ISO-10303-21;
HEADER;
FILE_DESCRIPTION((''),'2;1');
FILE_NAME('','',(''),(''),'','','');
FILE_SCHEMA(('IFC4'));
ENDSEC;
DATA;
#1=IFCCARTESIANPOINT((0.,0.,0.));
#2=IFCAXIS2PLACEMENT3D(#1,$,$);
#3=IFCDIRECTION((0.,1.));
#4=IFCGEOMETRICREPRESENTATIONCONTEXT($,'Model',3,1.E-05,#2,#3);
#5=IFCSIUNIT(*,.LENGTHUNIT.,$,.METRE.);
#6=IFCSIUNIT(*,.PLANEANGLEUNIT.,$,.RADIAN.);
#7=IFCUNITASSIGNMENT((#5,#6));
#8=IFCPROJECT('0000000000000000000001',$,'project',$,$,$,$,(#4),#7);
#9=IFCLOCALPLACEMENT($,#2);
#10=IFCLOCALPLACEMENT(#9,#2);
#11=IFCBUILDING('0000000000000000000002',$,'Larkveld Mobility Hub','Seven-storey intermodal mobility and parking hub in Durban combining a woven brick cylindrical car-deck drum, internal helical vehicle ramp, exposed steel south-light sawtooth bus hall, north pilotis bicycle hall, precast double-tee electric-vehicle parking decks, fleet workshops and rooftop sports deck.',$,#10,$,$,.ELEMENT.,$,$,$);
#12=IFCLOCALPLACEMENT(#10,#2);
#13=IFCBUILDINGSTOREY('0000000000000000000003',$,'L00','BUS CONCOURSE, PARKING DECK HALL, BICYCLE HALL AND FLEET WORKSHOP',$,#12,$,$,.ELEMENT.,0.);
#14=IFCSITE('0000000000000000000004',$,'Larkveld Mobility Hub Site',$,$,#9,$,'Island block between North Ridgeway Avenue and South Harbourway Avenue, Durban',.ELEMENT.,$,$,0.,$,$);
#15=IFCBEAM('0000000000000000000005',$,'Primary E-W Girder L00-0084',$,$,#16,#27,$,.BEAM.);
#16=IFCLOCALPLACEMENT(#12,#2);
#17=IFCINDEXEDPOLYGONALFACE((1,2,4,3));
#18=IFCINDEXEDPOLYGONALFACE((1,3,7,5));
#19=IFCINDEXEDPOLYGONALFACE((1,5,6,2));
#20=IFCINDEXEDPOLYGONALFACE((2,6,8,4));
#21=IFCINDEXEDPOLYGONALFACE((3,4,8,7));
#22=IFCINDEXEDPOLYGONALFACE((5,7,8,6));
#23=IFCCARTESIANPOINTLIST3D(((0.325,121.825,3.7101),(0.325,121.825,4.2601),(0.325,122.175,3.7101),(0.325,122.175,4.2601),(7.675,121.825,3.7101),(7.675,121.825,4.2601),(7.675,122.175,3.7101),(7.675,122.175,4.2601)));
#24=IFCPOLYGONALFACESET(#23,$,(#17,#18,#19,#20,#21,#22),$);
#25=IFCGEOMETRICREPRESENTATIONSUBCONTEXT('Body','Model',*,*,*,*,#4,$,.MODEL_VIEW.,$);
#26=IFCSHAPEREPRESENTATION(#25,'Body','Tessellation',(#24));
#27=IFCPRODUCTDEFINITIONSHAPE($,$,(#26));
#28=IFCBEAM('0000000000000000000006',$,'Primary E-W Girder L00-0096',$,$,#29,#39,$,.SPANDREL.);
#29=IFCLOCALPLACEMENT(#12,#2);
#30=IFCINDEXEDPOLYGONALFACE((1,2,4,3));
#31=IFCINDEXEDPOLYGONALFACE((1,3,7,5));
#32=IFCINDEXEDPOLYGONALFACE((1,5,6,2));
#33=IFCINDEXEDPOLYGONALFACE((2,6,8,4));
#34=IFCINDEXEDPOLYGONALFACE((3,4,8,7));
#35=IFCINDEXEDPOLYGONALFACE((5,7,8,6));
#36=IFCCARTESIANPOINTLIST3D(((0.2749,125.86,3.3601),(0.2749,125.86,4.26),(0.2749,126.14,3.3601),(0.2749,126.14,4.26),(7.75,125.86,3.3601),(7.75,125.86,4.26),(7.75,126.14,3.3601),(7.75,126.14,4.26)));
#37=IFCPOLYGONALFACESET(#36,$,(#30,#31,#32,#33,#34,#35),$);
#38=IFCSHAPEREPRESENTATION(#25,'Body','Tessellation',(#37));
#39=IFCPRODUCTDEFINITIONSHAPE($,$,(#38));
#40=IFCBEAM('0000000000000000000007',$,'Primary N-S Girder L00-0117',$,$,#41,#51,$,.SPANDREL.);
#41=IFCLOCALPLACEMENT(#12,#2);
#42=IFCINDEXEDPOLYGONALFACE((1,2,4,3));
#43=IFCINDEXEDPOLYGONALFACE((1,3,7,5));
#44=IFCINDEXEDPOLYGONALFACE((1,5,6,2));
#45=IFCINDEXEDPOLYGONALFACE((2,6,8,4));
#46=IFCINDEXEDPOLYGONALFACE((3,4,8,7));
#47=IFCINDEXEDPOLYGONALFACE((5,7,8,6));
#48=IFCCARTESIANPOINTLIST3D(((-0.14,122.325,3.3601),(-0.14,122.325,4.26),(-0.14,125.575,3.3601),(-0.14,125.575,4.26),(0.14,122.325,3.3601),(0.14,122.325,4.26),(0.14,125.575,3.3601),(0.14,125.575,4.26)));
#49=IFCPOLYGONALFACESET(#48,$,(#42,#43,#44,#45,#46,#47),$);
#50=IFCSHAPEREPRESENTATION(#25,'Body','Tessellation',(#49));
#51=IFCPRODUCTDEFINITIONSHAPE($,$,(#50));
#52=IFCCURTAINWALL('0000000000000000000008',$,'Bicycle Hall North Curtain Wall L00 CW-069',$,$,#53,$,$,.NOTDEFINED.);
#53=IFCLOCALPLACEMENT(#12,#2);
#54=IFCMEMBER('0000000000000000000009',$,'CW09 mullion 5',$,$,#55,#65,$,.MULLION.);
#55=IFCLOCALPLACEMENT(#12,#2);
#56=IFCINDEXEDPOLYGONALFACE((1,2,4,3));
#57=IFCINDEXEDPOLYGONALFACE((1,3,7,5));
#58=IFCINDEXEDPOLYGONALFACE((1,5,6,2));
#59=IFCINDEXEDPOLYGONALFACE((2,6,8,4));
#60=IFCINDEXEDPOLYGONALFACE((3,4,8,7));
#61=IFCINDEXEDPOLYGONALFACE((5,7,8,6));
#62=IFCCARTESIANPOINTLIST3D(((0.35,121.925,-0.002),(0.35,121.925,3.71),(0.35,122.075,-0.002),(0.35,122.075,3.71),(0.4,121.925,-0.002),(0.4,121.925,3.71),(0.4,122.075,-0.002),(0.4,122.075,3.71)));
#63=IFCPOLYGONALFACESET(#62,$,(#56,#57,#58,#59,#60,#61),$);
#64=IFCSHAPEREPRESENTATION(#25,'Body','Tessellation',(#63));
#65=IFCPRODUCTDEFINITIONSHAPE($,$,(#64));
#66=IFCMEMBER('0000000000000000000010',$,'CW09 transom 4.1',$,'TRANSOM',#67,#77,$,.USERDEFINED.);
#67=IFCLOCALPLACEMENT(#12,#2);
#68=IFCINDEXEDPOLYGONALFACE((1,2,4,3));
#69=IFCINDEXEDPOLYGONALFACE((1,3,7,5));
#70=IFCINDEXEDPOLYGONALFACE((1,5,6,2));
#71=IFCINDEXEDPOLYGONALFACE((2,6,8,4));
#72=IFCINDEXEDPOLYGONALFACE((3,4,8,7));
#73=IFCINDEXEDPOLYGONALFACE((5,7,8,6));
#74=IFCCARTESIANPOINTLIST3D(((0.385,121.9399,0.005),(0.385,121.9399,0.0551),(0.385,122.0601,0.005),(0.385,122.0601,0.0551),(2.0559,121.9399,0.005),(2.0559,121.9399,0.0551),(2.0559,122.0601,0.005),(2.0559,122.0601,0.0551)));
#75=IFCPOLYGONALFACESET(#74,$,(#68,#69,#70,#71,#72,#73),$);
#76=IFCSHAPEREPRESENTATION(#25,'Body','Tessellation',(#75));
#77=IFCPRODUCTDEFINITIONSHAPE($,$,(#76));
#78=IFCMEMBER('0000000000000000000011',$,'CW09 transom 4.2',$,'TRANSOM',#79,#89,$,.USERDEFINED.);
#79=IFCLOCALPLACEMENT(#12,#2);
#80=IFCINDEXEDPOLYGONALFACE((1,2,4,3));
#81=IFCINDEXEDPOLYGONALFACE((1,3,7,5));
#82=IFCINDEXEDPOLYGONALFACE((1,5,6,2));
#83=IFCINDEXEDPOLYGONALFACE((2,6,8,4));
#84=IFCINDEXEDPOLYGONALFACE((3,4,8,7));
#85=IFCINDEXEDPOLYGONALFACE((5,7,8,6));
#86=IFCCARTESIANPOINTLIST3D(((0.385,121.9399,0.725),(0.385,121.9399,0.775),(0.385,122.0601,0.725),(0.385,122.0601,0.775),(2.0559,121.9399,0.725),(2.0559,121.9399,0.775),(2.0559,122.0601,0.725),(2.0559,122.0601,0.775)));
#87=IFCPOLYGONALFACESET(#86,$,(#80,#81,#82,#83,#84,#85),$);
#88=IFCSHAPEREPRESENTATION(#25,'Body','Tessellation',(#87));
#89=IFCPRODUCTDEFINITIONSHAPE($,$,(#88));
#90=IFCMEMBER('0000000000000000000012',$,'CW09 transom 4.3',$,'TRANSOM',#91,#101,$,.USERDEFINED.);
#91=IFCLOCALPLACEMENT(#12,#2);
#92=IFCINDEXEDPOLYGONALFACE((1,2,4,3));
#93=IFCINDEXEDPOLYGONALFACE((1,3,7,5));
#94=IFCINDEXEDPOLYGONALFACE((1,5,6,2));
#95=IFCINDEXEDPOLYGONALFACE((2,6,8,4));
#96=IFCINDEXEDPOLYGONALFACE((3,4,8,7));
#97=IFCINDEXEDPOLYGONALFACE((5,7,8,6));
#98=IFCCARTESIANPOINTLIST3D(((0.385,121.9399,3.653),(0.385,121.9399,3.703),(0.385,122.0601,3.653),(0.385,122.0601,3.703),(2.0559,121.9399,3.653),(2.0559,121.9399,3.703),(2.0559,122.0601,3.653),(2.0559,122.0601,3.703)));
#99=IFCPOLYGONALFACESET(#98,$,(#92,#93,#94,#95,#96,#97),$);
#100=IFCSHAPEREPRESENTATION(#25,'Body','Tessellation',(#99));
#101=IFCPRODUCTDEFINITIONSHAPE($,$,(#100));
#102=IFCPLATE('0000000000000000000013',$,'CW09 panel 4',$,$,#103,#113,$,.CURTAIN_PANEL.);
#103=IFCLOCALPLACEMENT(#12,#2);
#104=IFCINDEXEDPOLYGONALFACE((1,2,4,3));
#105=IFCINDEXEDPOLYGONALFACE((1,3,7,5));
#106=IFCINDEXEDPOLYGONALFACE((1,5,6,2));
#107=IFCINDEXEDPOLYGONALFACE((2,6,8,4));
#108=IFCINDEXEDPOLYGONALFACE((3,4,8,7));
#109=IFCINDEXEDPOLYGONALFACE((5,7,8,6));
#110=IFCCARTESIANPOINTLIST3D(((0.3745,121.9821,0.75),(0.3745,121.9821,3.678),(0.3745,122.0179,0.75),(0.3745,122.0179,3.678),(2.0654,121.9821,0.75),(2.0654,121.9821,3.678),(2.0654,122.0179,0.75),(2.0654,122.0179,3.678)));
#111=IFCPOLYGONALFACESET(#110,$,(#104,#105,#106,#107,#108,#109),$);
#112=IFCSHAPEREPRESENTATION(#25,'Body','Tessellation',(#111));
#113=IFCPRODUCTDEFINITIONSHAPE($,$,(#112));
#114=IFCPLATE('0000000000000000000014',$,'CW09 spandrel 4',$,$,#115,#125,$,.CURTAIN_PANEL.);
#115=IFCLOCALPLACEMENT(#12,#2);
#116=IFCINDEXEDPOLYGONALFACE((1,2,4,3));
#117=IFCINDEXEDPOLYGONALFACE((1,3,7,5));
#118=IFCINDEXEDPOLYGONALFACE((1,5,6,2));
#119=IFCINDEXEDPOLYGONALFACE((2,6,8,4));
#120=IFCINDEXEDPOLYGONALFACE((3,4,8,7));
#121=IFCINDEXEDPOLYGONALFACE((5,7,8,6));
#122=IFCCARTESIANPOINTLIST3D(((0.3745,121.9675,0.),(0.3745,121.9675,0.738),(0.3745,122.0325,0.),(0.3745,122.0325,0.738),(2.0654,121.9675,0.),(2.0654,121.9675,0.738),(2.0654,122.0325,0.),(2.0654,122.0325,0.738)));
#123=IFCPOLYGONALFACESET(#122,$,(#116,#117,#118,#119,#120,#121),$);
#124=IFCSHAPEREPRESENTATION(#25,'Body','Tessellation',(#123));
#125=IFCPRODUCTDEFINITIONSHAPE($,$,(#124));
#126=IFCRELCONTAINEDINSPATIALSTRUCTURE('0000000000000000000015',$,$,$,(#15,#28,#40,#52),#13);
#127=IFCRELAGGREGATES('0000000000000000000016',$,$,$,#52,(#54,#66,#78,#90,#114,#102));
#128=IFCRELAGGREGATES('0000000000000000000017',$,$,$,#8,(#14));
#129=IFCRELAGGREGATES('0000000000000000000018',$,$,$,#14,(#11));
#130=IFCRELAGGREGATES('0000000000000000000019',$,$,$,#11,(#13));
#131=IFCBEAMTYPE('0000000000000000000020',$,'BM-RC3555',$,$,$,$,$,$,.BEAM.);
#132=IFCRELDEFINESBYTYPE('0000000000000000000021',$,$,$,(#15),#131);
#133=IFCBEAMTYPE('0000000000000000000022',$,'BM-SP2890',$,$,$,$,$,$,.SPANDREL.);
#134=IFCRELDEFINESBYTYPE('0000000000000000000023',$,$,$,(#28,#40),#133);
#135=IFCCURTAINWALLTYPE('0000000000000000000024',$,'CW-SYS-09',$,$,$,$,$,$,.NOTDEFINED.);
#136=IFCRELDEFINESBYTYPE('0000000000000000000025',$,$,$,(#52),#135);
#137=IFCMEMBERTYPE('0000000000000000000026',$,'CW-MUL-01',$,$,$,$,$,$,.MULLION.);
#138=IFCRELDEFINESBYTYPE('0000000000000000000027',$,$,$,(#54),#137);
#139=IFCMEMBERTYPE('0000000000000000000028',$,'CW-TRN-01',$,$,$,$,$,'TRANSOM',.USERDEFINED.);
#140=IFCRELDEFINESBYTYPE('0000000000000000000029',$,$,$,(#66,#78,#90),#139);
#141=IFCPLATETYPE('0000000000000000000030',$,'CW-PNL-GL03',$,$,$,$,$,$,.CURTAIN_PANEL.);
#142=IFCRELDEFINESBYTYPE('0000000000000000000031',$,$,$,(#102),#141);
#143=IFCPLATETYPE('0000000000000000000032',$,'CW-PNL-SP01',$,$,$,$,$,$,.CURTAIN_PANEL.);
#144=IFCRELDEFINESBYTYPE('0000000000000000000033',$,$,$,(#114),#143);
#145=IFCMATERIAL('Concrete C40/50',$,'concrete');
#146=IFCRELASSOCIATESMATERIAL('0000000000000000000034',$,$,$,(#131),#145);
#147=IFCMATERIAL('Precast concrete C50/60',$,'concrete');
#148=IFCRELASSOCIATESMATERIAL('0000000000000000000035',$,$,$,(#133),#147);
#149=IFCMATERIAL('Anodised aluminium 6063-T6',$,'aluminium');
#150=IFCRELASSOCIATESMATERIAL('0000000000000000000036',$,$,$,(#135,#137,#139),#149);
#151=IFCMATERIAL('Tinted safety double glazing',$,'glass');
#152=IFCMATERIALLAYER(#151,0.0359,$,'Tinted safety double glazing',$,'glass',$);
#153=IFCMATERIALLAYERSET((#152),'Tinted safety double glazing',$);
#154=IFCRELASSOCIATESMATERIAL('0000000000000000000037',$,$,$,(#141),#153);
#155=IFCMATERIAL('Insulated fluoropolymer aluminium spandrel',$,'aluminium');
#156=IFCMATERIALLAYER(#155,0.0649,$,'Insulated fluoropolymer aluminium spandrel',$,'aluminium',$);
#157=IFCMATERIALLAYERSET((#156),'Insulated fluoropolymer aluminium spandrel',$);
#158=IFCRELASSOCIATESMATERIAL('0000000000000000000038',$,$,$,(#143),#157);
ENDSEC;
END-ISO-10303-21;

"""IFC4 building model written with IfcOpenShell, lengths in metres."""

from ifc_helpers import new_model, si_unit, direction, frame, origin, origin_2d, place, context, subcontext, project, spatial, rectangle, extrude, material, layer, layer_set, material_profile, profile_set, type_object, element, aggregate, save


model = new_model("IFC4")

# Units and contexts
model_context = context("Model", 3, precision=1e-05, world=origin(), true_north=direction((0.0, 1.0)))
body_context = subcontext(model_context, "Body", "Model", "MODEL_VIEW")
ifc_project = project(units=[si_unit("LENGTHUNIT", "METRE"), si_unit("PLANEANGLEUNIT", "RADIAN")], contexts=[model_context])

# Site, building, storey
site_placement = place(None, origin())
site = spatial("IfcSite", under=ifc_project, at=site_placement, Name="Larkveld Mobility Hub Site", LongName="Island block between North Ridgeway Avenue and South Harbourway Avenue, Durban", CompositionType="ELEMENT", RefElevation=0.0)
building_placement = place(site_placement, origin())
building = spatial("IfcBuilding", under=site, at=building_placement, Name="Larkveld Mobility Hub", Description="Seven-storey intermodal mobility and parking hub in Durban combining a woven brick cylindrical car-deck drum, internal helical vehicle ramp, exposed steel south-light sawtooth bus hall, north pilotis bicycle hall, precast double-tee electric-vehicle parking decks, fleet workshops and rooftop sports deck.", CompositionType="ELEMENT")
storey_placement = place(building_placement, origin())
storey = spatial("IfcBuildingStorey", under=building, at=storey_placement, Name="L00", Description="BUS CONCOURSE, PARKING DECK HALL, BICYCLE HALL AND FLEET WORKSHOP", CompositionType="ELEMENT", Elevation=0.0)

# Shared definitions
ifc_material_1 = material(Name="Precast concrete C50/60", Category="concrete")
ifc_material_2 = material(Name="Concrete C40/50", Category="concrete")

# Beams
ifc_material_profile_1 = material_profile(ifc_material_2, rectangle(XDim=0.3501, YDim=0.55, at=origin_2d()), Name="RC BM 350x550")
ifc_profile_set_1 = profile_set([ifc_material_profile_1], Name="Concrete C40/50")
beam_type_1 = type_object("IfcBeamType", Name="BM-RC3555", PredefinedType="BEAM", material=ifc_profile_set_1)
beam_1_placement = place(storey_placement, frame((0.325, 122.0, 3.9851), z_axis=(1.0, 0.0, 0.0), x_axis=(0.0, 1.0, 0.0)))
element("IfcBeam", 1, at=beam_1_placement, inside=storey, type_object=beam_type_1, Name="Primary E-W Girder L00-0084", PredefinedType="BEAM", context=body_context, shape_type="SweptSolid", body=[
    extrude(rectangle(XDim=0.3501, YDim=0.55, at=origin_2d()), origin(), (0.0, 0.0, 1.0), 7.3501),
])
ifc_material_profile_2 = material_profile(ifc_material_1, rectangle(XDim=0.28, YDim=0.8999, at=origin_2d()), Name="PC SP 280x900")
ifc_profile_set_2 = profile_set([ifc_material_profile_2], Name="Precast concrete C50/60")
beam_type_2 = type_object("IfcBeamType", Name="BM-SP2890", PredefinedType="SPANDREL", material=ifc_profile_set_2)
beam_2_placement = place(storey_placement, frame((0.2749, 126.0, 3.8101), z_axis=(1.0, 0.0, 0.0), x_axis=(0.0, 1.0, 0.0)))
element("IfcBeam", 2, at=beam_2_placement, inside=storey, type_object=beam_type_2, Name="Primary E-W Girder L00-0096", PredefinedType="SPANDREL", context=body_context, shape_type="SweptSolid", body=[
    extrude(rectangle(XDim=0.28, YDim=0.8999, at=origin_2d()), origin(), (0.0, 0.0, 1.0), 7.4751),
])
beam_3_placement = place(storey_placement, frame((0.0, 122.325, 3.8101), z_axis=(0.0, 1.0, 0.0), x_axis=(-1.0, 0.0, 0.0)))
element("IfcBeam", 3, at=beam_3_placement, inside=storey, type_object=beam_type_2, Name="Primary N-S Girder L00-0117", PredefinedType="SPANDREL", context=body_context, shape_type="SweptSolid", body=[
    extrude(rectangle(XDim=0.28, YDim=0.8999, at=origin_2d()), origin(), (0.0, 0.0, 1.0), 3.25),
])

# Curtain wall, members, plates
ifc_material_3 = material(Name="Anodised aluminium 6063-T6", Category="aluminium")
curtain_wall_type = type_object("IfcCurtainWallType", Name="CW-SYS-09", PredefinedType="NOTDEFINED", material=ifc_material_3)
curtain_wall_placement = place(storey_placement, origin())
curtain_wall = element("IfcCurtainWall", 4, at=curtain_wall_placement, inside=storey, type_object=curtain_wall_type, Name="Bicycle Hall North Curtain Wall L00 CW-069", PredefinedType="NOTDEFINED")
ifc_material_profile_3 = material_profile(ifc_material_3, rectangle(XDim=0.05, YDim=0.1499, at=origin_2d()), Name="ALU MULL 50x150")
ifc_profile_set_3 = profile_set([ifc_material_profile_3], Name="Anodised aluminium 6063-T6")
member_type_1 = type_object("IfcMemberType", Name="CW-MUL-01", PredefinedType="MULLION", material=ifc_profile_set_3)
member_1_placement = place(storey_placement, frame((0.375, 122.0, -0.002), z_axis=(0.0, 0.0, 1.0), x_axis=(-1.0, 0.0, 0.0)))
member_1 = element("IfcMember", 5, at=member_1_placement, type_object=member_type_1, Name="CW09 mullion 5", PredefinedType="MULLION", context=body_context, shape_type="SweptSolid", body=[
    extrude(rectangle(XDim=0.05, YDim=0.1499, at=origin_2d()), origin(), (0.0, 0.0, 1.0), 3.7119),
])
ifc_material_profile_4 = material_profile(ifc_material_3, rectangle(XDim=0.1201, YDim=0.05, at=origin_2d()), Name="ALU TRAN 50x120")
ifc_profile_set_4 = profile_set([ifc_material_profile_4], Name="Anodised aluminium 6063-T6")
member_type_2 = type_object("IfcMemberType", Name="CW-TRN-01", ElementType="TRANSOM", PredefinedType="USERDEFINED", material=ifc_profile_set_4)
member_2_placement = place(storey_placement, frame((2.0559, 122.0, 0.03), z_axis=(-1.0, 0.0, 0.0), x_axis=(0.0, -1.0, 0.0)))
member_2 = element("IfcMember", 6, at=member_2_placement, type_object=member_type_2, Name="CW09 transom 4.1", ObjectType="TRANSOM", PredefinedType="USERDEFINED", context=body_context, shape_type="SweptSolid", body=[
    extrude(rectangle(XDim=0.1201, YDim=0.05, at=origin_2d()), origin(), (0.0, 0.0, 1.0), 1.6709),
])
member_3_placement = place(storey_placement, frame((2.0559, 122.0, 0.75), z_axis=(-1.0, 0.0, 0.0), x_axis=(0.0, -1.0, 0.0)))
member_3 = element("IfcMember", 7, at=member_3_placement, type_object=member_type_2, Name="CW09 transom 4.2", ObjectType="TRANSOM", PredefinedType="USERDEFINED", context=body_context, shape_type="SweptSolid", body=[
    extrude(rectangle(XDim=0.1201, YDim=0.05, at=origin_2d()), origin(), (0.0, 0.0, 1.0), 1.6709),
])
member_4_placement = place(storey_placement, frame((2.0559, 122.0, 3.678), z_axis=(-1.0, 0.0, 0.0), x_axis=(0.0, -1.0, 0.0)))
member_4 = element("IfcMember", 8, at=member_4_placement, type_object=member_type_2, Name="CW09 transom 4.3", ObjectType="TRANSOM", PredefinedType="USERDEFINED", context=body_context, shape_type="SweptSolid", body=[
    extrude(rectangle(XDim=0.1201, YDim=0.05, at=origin_2d()), origin(), (0.0, 0.0, 1.0), 1.6709),
])
ifc_material_4 = material(Name="Tinted safety double glazing", Category="glass")
ifc_layer_1 = layer(ifc_material_4, 0.0359, Name="Tinted safety double glazing", Category="glass")
ifc_layer_set_1 = layer_set([ifc_layer_1], Name="Tinted safety double glazing")
plate_type_1 = type_object("IfcPlateType", Name="CW-PNL-GL03", PredefinedType="CURTAIN_PANEL", material=ifc_layer_set_1)
plate_1_placement = place(storey_placement, frame((1.22, 122.0, 0.75), z_axis=(0.0, 0.0, 1.0), x_axis=(-1.0, 0.0, 0.0)))
plate_1 = element("IfcPlate", 9, at=plate_1_placement, type_object=plate_type_1, Name="CW09 panel 4", PredefinedType="CURTAIN_PANEL", context=body_context, shape_type="SweptSolid", body=[
    extrude(rectangle(XDim=1.6909, YDim=0.0359, at=origin_2d()), origin(), (0.0, 0.0, 1.0), 2.928),
])
ifc_material_5 = material(Name="Insulated fluoropolymer aluminium spandrel", Category="aluminium")
ifc_layer_2 = layer(ifc_material_5, 0.0649, Name="Insulated fluoropolymer aluminium spandrel", Category="aluminium")
ifc_layer_set_2 = layer_set([ifc_layer_2], Name="Insulated fluoropolymer aluminium spandrel")
plate_type_2 = type_object("IfcPlateType", Name="CW-PNL-SP01", PredefinedType="CURTAIN_PANEL", material=ifc_layer_set_2)
plate_2_placement = place(storey_placement, frame((1.22, 122.0, 0.0), z_axis=(0.0, 0.0, 1.0), x_axis=(-1.0, 0.0, 0.0)))
plate_2 = element("IfcPlate", 10, at=plate_2_placement, type_object=plate_type_2, Name="CW09 spandrel 4", PredefinedType="CURTAIN_PANEL", context=body_context, shape_type="SweptSolid", body=[
    extrude(rectangle(XDim=1.6909, YDim=0.0649, at=origin_2d()), origin(), (0.0, 0.0, 1.0), 0.738),
])
aggregate(curtain_wall, [member_1, member_2, member_3, member_4, plate_2, plate_1])

save(model, "model.ifc")
